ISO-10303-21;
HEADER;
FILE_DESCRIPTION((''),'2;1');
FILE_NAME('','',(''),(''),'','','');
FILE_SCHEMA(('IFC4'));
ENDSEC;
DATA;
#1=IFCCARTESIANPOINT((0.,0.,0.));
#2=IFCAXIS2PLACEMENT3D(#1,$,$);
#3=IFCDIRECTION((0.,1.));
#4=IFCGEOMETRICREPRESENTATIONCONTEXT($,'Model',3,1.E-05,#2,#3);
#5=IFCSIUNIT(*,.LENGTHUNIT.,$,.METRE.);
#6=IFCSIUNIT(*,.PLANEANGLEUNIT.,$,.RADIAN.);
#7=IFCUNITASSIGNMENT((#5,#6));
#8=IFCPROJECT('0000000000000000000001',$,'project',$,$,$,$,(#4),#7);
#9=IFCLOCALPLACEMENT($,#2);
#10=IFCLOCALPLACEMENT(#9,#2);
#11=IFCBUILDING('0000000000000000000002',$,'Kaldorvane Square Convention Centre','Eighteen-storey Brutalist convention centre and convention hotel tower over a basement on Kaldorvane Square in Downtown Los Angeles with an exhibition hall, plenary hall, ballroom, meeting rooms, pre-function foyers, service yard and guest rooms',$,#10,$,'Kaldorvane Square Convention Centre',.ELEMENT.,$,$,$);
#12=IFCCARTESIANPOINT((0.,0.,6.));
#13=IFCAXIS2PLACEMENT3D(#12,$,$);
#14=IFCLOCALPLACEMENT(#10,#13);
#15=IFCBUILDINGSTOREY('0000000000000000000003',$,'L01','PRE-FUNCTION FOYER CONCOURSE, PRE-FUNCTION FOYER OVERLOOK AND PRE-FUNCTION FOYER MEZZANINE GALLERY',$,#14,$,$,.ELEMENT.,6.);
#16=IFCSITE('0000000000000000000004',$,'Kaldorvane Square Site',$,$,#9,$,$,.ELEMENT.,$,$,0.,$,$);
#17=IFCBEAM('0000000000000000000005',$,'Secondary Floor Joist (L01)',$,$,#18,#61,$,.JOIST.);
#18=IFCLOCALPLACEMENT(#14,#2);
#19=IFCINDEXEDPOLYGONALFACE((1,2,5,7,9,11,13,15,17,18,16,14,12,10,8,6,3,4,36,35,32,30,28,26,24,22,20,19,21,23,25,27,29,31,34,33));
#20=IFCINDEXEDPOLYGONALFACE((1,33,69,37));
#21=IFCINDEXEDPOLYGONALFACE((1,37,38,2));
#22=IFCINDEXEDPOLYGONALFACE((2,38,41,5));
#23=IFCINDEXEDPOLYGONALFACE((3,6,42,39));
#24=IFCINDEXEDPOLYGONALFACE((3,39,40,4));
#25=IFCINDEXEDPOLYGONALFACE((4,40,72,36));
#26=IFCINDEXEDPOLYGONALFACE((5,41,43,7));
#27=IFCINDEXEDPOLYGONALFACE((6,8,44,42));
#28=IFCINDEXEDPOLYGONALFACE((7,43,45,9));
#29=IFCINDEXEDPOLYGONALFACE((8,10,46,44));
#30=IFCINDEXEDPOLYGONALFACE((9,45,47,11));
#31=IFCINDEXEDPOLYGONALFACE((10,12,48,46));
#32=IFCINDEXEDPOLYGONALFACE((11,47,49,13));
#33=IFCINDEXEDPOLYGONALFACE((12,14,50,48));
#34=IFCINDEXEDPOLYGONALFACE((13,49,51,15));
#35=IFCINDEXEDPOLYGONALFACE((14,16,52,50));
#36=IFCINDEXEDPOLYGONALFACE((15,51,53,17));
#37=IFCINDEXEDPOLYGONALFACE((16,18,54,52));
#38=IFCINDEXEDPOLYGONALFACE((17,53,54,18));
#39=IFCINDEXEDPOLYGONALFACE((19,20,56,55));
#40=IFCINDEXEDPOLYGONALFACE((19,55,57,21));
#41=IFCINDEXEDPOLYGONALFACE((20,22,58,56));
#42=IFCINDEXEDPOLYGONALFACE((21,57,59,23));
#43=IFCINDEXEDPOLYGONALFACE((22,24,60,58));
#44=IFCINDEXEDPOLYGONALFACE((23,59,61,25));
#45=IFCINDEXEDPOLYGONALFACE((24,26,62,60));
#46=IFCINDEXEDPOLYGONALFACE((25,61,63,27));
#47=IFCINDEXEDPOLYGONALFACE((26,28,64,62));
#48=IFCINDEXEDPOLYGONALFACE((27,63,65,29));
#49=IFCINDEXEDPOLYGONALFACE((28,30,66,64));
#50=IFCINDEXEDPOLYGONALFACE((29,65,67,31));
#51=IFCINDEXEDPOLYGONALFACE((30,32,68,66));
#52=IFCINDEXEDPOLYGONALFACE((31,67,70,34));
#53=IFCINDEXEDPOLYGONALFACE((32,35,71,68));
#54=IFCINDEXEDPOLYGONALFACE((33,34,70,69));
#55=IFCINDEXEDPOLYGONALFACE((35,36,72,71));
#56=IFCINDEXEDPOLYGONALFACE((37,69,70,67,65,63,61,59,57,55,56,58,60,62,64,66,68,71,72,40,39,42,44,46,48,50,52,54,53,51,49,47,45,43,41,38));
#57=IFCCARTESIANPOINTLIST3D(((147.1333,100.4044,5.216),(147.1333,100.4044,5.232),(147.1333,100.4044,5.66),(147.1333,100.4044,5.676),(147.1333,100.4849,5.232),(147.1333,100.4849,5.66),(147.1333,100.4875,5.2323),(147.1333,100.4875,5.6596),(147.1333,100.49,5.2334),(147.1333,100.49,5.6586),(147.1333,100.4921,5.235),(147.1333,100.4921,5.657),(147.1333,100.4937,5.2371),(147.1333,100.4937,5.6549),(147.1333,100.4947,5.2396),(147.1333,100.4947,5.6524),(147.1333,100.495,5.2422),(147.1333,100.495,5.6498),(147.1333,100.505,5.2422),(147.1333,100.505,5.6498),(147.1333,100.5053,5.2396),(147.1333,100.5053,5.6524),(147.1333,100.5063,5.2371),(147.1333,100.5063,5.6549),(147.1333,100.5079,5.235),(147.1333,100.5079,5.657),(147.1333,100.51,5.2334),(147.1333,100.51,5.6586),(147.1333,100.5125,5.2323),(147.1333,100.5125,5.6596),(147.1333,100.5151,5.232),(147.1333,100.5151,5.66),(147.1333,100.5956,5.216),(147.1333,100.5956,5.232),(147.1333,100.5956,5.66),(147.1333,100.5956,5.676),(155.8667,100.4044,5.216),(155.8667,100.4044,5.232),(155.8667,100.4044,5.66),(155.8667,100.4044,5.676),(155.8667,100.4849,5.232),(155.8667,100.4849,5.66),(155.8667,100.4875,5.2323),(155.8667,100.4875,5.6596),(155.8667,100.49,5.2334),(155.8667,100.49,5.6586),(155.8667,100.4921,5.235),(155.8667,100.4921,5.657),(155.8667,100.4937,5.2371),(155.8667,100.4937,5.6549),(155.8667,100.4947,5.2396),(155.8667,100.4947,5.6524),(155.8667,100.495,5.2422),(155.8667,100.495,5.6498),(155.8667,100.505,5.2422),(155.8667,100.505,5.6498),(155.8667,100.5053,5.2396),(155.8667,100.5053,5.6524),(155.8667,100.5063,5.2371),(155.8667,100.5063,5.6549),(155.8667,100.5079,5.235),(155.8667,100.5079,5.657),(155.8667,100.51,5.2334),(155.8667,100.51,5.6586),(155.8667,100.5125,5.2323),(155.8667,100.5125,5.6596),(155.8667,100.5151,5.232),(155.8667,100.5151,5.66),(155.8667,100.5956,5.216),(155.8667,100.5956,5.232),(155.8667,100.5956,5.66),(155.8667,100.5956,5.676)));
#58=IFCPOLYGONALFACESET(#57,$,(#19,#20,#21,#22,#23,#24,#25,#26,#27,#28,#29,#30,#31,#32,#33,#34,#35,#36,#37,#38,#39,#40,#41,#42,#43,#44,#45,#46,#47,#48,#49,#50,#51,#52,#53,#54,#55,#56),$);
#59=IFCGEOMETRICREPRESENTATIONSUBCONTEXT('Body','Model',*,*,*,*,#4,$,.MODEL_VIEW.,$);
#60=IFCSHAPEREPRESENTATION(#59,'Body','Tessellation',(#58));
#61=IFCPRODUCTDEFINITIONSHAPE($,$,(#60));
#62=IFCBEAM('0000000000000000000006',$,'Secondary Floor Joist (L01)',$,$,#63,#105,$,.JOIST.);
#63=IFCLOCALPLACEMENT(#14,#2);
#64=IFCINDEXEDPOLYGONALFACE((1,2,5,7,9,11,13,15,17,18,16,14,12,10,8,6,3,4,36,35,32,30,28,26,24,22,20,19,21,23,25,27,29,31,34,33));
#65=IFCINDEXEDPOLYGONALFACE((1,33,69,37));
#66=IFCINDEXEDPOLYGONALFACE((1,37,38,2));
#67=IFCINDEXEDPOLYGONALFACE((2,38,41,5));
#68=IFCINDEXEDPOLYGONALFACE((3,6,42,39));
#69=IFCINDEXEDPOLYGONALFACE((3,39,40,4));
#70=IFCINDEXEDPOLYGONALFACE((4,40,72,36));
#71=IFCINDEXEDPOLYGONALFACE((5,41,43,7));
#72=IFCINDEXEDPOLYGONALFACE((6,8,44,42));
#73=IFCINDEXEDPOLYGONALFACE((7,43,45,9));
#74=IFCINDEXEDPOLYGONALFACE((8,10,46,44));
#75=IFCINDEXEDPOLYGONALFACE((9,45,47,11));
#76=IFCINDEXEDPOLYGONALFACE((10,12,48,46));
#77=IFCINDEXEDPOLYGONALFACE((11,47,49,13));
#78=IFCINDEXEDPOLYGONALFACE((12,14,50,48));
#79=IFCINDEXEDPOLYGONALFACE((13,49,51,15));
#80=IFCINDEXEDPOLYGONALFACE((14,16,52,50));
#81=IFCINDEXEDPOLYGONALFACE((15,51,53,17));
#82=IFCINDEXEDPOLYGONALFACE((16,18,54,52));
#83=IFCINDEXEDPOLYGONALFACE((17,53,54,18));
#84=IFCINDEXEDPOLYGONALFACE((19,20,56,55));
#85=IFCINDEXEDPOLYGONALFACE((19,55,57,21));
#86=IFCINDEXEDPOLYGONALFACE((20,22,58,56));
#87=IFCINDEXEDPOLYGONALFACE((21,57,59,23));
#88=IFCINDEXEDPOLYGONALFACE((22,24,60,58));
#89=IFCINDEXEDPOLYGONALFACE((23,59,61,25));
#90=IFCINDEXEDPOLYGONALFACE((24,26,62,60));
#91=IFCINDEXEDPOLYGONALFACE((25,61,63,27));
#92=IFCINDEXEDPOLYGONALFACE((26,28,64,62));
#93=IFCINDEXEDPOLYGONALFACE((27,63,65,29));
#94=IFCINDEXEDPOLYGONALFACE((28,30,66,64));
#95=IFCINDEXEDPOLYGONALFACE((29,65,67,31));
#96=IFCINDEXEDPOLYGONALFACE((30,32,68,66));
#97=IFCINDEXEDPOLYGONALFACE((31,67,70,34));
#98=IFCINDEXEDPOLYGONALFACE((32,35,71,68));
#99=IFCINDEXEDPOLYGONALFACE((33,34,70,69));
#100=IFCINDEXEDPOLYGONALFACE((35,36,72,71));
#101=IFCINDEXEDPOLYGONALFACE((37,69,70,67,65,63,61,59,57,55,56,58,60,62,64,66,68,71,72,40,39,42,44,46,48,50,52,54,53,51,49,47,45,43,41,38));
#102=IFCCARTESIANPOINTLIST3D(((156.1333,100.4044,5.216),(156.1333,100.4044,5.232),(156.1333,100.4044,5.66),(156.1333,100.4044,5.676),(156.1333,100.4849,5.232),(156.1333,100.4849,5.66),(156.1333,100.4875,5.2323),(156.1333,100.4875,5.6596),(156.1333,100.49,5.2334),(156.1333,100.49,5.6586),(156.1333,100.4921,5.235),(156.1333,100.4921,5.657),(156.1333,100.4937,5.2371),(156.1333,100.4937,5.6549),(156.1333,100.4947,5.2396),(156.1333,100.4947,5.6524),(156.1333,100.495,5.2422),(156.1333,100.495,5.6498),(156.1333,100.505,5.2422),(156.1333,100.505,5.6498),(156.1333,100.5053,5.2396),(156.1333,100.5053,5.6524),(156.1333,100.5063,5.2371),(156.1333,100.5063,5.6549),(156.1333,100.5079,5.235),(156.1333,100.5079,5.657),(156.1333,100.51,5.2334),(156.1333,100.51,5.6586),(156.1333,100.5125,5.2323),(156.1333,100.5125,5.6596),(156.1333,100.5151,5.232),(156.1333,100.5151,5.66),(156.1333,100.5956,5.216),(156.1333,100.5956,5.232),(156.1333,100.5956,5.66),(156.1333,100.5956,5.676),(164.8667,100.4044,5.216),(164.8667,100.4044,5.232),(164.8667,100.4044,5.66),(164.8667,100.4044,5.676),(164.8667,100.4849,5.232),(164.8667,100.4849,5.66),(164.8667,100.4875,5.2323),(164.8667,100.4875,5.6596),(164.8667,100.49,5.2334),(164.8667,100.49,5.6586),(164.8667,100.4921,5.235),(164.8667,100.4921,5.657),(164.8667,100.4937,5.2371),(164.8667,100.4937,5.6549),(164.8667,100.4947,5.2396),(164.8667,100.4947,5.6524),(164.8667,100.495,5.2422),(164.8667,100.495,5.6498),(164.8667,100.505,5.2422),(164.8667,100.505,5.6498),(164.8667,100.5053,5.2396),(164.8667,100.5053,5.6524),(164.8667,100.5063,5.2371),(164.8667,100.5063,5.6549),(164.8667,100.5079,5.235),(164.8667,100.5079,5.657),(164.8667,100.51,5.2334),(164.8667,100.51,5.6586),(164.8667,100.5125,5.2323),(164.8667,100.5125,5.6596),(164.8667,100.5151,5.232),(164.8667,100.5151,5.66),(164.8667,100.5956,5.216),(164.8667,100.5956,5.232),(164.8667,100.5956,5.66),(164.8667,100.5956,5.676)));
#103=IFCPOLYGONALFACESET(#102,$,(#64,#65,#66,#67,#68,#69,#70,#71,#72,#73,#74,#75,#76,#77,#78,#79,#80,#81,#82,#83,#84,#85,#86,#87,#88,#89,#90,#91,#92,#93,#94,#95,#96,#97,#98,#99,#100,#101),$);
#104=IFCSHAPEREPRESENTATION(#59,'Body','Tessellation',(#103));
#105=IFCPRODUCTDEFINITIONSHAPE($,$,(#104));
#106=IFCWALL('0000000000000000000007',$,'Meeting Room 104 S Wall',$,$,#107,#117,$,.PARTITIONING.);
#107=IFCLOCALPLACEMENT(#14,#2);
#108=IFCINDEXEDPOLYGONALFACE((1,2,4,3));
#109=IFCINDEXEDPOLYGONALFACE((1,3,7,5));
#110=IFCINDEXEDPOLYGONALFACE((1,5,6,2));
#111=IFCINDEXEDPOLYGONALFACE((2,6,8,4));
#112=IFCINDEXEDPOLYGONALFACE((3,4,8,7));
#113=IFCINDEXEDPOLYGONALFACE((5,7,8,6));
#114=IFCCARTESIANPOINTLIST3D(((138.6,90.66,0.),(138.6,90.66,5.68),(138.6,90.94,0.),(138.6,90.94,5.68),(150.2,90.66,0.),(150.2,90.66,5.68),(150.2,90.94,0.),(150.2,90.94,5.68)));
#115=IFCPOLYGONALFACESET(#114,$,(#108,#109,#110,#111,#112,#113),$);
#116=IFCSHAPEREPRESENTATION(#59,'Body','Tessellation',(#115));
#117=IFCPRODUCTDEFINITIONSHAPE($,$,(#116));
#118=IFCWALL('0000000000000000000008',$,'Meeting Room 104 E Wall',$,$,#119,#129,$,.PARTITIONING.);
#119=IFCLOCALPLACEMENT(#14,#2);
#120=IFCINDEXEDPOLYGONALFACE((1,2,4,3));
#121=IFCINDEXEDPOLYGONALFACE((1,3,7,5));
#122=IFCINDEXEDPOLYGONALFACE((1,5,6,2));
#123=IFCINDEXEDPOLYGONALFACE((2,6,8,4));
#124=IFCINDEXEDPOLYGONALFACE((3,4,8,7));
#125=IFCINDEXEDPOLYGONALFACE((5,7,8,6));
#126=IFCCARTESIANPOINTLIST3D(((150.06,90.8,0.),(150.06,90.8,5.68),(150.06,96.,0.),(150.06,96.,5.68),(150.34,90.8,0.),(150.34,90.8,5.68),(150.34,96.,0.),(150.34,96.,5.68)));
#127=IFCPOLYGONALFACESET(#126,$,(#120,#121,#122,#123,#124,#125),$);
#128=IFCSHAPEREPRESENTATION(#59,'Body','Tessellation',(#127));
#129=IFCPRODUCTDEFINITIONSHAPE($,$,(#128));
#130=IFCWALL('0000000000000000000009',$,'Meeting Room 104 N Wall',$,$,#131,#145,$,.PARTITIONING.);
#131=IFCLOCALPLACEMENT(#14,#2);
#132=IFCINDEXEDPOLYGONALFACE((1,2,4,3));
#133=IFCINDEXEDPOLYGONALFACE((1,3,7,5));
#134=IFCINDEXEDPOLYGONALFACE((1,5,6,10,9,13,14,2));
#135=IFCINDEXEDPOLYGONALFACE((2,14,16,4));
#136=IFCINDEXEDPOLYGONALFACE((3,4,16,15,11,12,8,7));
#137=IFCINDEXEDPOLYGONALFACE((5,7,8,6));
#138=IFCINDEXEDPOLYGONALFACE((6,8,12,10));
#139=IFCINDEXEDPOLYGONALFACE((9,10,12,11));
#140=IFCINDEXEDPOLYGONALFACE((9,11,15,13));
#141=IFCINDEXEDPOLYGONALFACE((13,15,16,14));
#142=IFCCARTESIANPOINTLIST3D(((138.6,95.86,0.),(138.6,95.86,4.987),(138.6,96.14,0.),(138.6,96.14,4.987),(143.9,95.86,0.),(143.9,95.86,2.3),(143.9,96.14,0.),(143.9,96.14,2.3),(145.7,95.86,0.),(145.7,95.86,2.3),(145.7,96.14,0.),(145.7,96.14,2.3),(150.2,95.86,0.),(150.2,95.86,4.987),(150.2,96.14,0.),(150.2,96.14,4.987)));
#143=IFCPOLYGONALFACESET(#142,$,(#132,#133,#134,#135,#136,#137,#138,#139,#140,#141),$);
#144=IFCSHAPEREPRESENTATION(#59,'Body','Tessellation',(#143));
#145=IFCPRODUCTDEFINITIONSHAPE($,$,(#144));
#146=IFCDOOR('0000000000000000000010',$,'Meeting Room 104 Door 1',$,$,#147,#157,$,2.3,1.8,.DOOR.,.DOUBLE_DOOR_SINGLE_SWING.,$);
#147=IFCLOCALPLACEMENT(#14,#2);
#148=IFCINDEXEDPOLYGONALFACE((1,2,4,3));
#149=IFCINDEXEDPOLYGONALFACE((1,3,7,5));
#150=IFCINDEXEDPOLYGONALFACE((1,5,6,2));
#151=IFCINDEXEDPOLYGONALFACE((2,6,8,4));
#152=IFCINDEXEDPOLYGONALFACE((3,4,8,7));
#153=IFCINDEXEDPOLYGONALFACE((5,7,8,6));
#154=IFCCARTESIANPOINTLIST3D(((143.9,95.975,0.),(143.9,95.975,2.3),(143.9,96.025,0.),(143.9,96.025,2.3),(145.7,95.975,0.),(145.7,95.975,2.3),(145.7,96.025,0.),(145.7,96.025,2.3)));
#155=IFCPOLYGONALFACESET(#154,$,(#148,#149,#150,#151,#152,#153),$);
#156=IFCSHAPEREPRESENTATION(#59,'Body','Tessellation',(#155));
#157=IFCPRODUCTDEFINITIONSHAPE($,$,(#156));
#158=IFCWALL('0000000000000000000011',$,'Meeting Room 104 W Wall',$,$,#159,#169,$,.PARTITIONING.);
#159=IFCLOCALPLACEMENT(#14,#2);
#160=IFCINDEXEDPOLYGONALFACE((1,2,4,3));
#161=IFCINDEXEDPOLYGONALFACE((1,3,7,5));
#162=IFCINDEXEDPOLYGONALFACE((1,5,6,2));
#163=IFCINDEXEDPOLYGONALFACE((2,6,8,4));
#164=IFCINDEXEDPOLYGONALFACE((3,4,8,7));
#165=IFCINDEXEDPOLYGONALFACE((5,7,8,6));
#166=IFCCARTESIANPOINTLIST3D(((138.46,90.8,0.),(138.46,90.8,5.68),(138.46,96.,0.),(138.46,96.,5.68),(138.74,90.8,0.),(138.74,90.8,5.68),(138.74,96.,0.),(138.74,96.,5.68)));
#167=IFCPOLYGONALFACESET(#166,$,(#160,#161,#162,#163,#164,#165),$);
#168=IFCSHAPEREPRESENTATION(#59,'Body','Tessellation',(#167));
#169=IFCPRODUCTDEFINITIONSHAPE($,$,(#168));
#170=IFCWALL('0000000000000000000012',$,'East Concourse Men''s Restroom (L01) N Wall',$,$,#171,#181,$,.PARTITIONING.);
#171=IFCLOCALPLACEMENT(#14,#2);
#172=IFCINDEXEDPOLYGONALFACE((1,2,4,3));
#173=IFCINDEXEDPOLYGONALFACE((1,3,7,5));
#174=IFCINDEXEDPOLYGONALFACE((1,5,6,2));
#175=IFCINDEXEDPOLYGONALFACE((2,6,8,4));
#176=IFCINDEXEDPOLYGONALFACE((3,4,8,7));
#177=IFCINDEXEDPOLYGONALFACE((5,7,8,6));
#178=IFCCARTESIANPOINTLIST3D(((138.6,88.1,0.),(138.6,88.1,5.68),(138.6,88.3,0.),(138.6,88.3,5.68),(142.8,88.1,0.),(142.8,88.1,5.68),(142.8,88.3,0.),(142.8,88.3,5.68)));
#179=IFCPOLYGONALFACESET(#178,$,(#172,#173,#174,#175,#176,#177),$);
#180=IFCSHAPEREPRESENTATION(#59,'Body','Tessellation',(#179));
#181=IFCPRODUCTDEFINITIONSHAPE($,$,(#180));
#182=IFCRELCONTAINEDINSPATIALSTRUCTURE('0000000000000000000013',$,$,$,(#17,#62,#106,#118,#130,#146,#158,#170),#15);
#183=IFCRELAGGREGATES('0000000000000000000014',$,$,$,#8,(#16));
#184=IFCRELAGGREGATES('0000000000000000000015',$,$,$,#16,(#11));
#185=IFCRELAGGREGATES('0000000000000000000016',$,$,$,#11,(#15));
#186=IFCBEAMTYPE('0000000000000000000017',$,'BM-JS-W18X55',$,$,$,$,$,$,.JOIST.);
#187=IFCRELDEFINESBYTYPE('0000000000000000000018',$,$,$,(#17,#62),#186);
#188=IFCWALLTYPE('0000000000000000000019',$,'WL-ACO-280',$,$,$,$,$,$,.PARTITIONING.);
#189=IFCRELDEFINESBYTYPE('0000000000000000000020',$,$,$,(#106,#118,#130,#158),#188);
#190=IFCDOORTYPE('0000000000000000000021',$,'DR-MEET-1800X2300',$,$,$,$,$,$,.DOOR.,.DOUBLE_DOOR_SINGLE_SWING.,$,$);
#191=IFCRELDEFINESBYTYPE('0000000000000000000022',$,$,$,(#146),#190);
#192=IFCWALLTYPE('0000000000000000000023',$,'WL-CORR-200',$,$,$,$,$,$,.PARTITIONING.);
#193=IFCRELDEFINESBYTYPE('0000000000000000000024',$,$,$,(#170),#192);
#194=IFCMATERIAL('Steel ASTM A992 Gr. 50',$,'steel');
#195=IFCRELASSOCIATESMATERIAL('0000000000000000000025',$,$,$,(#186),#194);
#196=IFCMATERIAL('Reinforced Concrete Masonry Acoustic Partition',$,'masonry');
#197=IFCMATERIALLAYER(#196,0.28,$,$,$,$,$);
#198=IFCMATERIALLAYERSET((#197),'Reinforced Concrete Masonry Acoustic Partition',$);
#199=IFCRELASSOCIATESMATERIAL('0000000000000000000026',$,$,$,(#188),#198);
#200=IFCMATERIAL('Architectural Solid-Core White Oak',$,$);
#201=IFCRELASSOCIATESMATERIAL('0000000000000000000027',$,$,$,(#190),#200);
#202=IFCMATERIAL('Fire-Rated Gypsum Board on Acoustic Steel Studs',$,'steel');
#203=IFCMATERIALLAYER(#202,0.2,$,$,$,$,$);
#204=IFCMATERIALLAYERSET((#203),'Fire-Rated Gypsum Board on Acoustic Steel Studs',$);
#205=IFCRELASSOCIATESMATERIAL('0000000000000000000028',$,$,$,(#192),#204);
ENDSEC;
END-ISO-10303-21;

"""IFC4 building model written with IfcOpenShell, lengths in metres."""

from ifc_helpers import new_model, si_unit, direction, frame, frame_2d, origin, origin_2d, place, context, subcontext, project, spatial, rectangle, i_section, extrude, material, layer, layer_set, material_profile, profile_set, type_object, element, fill, save


model = new_model("IFC4")

# Units and contexts
model_context = context("Model", 3, precision=1e-05, world=origin(), true_north=direction((0.0, 1.0)))
body_context = subcontext(model_context, "Body", "Model", "MODEL_VIEW")
ifc_project = project(units=[si_unit("LENGTHUNIT", "METRE"), si_unit("PLANEANGLEUNIT", "RADIAN")], contexts=[model_context])

# Site, building, storey
site_placement = place(None, origin())
site = spatial("IfcSite", under=ifc_project, at=site_placement, Name="Kaldorvane Square Site", CompositionType="ELEMENT", RefElevation=0.0)
building_placement = place(site_placement, origin())
building = spatial("IfcBuilding", under=site, at=building_placement, Name="Kaldorvane Square Convention Centre", Description="Eighteen-storey Brutalist convention centre and convention hotel tower over a basement on Kaldorvane Square in Downtown Los Angeles with an exhibition hall, plenary hall, ballroom, meeting rooms, pre-function foyers, service yard and guest rooms", LongName="Kaldorvane Square Convention Centre", CompositionType="ELEMENT")
storey_placement = place(building_placement, frame((0.0, 0.0, 6.0)))
storey = spatial("IfcBuildingStorey", under=building, at=storey_placement, Name="L01", Description="PRE-FUNCTION FOYER CONCOURSE, PRE-FUNCTION FOYER OVERLOOK AND PRE-FUNCTION FOYER MEZZANINE GALLERY", CompositionType="ELEMENT", Elevation=6.0)

# Shared definitions
ifc_material_1 = material(Name="Steel ASTM A992 Gr. 50", Category="steel")

# Beams
ifc_material_profile_1 = material_profile(ifc_material_1, i_section(OverallWidth=0.1913, OverallDepth=0.46, WebThickness=0.0099, FlangeThickness=0.016, FilletRadius=0.0102, at=origin_2d()), Name="W18X55")
ifc_profile_set_1 = profile_set([ifc_material_profile_1], Name="Steel ASTM A992 Gr. 50")
beam_type_1 = type_object("IfcBeamType", Name="BM-JS-W18X55", PredefinedType="JOIST", material=ifc_profile_set_1)
for number, where, z_axis, x_axis, name in (
    (1, (147.1333, 100.5, 5.446), (1.0, 0.0, 0.0), (0.0, 1.0, 0.0), "Secondary Floor Joist (L01)"),
    (2, (156.1333, 100.5, 5.446), (1.0, 0.0, 0.0), (0.0, 1.0, 0.0), "Secondary Floor Joist (L01)"),
):
    element("IfcBeam", number, at=place(storey_placement, frame(where, z_axis=z_axis, x_axis=x_axis)), inside=storey, type_object=beam_type_1, Name=name, PredefinedType="JOIST", context=body_context, shape_type="SweptSolid", body=[
        extrude(i_section(OverallWidth=0.1913, OverallDepth=0.46, WebThickness=0.0099, FlangeThickness=0.016, FilletRadius=0.0102, at=origin_2d()), origin(), (0.0, 0.0, 1.0), 8.7334),
    ])

# Walls
ifc_material_2 = material(Name="Reinforced Concrete Masonry Acoustic Partition", Category="masonry")
ifc_layer_1 = layer(ifc_material_2, 0.28)
ifc_layer_set_1 = layer_set([ifc_layer_1], Name="Reinforced Concrete Masonry Acoustic Partition")
wall_type_1 = type_object("IfcWallType", Name="WL-ACO-280", PredefinedType="PARTITIONING", material=ifc_layer_set_1)
wall_1_placement = place(storey_placement, frame((138.6, 90.8, 0.0), z_axis=(0.0, 0.0, 1.0), x_axis=(1.0, 0.0, 0.0)))
element("IfcWall", 3, at=wall_1_placement, inside=storey, type_object=wall_type_1, Name="Meeting Room 104 S Wall", PredefinedType="PARTITIONING", context=body_context, shape_type="SweptSolid", body=[
    extrude(rectangle(XDim=11.6, YDim=0.28, at=frame_2d((5.8, 0.0))), origin(), (0.0, 0.0, 1.0), 5.68),
])
wall_2_placement = place(storey_placement, frame((150.2, 90.8, 0.0), z_axis=(0.0, 0.0, 1.0), x_axis=(0.0, 1.0, 0.0)))
element("IfcWall", 4, at=wall_2_placement, inside=storey, type_object=wall_type_1, Name="Meeting Room 104 E Wall", PredefinedType="PARTITIONING", context=body_context, shape_type="SweptSolid", body=[
    extrude(rectangle(XDim=5.2, YDim=0.28, at=frame_2d((2.6, 0.0))), origin(), (0.0, 0.0, 1.0), 5.68),
])

# Wall, opening, door
wall_3_placement = place(storey_placement, frame((150.2, 96.0, 0.0), z_axis=(0.0, 0.0, 1.0), x_axis=(-1.0, 0.0, 0.0)))
wall_3 = element("IfcWall", 5, at=wall_3_placement, inside=storey, type_object=wall_type_1, Name="Meeting Room 104 N Wall", PredefinedType="PARTITIONING", context=body_context, shape_type="SweptSolid", body=[
    extrude(rectangle(XDim=11.6, YDim=0.28, at=frame_2d((5.8, 0.0))), origin(), (0.0, 0.0, 1.0), 4.987),
])
opening_1_placement = place(wall_3_placement, frame((4.5, 0.0, 0.0)))
opening_1 = element("IfcOpeningElement", 6, at=opening_1_placement, cuts=wall_3, PredefinedType="OPENING", context=body_context, shape_type="SweptSolid", body=[
    extrude(rectangle(XDim=1.8, YDim=2.3, at=frame_2d((0.9, 1.15))), frame((0.0, 0.155, 0.0), z_axis=(0.0, -1.0, 0.0), x_axis=(1.0, 0.0, 0.0)), (0.0, 0.0, 1.0), 0.31),
])
ifc_material_3 = material(Name="Architectural Solid-Core White Oak")
door_type_1 = type_object("IfcDoorType", Name="DR-MEET-1800X2300", OperationType="DOUBLE_DOOR_SINGLE_SWING", PredefinedType="DOOR", material=ifc_material_3)
door_1_placement = place(opening_1_placement, origin())
door_1 = element("IfcDoor", 7, at=door_1_placement, inside=storey, type_object=door_type_1, Name="Meeting Room 104 Door 1", OperationType="DOUBLE_DOOR_SINGLE_SWING", OverallHeight=2.3, OverallWidth=1.8, PredefinedType="DOOR", context=body_context, shape_type="SweptSolid", body=[
    extrude(rectangle(XDim=1.8, YDim=2.3, at=frame_2d((0.9, 1.15))), frame((0.0, 0.025, 0.0), z_axis=(0.0, -1.0, 0.0), x_axis=(1.0, 0.0, 0.0)), (0.0, 0.0, 1.0), 0.05),
])
fill(opening_1, door_1)

# Walls
wall_4_placement = place(storey_placement, frame((138.6, 96.0, 0.0), z_axis=(0.0, 0.0, 1.0), x_axis=(0.0, -1.0, 0.0)))
element("IfcWall", 8, at=wall_4_placement, inside=storey, type_object=wall_type_1, Name="Meeting Room 104 W Wall", PredefinedType="PARTITIONING", context=body_context, shape_type="SweptSolid", body=[
    extrude(rectangle(XDim=5.2, YDim=0.28, at=frame_2d((2.6, 0.0))), origin(), (0.0, 0.0, 1.0), 5.68),
])
ifc_material_4 = material(Name="Fire-Rated Gypsum Board on Acoustic Steel Studs", Category="steel")
ifc_layer_2 = layer(ifc_material_4, 0.2)
ifc_layer_set_2 = layer_set([ifc_layer_2], Name="Fire-Rated Gypsum Board on Acoustic Steel Studs")
wall_type_2 = type_object("IfcWallType", Name="WL-CORR-200", PredefinedType="PARTITIONING", material=ifc_layer_set_2)
wall_5_placement = place(storey_placement, frame((142.8, 88.2, 0.0), z_axis=(0.0, 0.0, 1.0), x_axis=(-1.0, 0.0, 0.0)))
element("IfcWall", 9, at=wall_5_placement, inside=storey, type_object=wall_type_2, Name="East Concourse Men's Restroom (L01) N Wall", PredefinedType="PARTITIONING", context=body_context, shape_type="SweptSolid", body=[
    extrude(rectangle(XDim=4.2, YDim=0.2, at=frame_2d((2.1, 0.0))), origin(), (0.0, 0.0, 1.0), 5.68),
])

save(model, "model.ifc")
